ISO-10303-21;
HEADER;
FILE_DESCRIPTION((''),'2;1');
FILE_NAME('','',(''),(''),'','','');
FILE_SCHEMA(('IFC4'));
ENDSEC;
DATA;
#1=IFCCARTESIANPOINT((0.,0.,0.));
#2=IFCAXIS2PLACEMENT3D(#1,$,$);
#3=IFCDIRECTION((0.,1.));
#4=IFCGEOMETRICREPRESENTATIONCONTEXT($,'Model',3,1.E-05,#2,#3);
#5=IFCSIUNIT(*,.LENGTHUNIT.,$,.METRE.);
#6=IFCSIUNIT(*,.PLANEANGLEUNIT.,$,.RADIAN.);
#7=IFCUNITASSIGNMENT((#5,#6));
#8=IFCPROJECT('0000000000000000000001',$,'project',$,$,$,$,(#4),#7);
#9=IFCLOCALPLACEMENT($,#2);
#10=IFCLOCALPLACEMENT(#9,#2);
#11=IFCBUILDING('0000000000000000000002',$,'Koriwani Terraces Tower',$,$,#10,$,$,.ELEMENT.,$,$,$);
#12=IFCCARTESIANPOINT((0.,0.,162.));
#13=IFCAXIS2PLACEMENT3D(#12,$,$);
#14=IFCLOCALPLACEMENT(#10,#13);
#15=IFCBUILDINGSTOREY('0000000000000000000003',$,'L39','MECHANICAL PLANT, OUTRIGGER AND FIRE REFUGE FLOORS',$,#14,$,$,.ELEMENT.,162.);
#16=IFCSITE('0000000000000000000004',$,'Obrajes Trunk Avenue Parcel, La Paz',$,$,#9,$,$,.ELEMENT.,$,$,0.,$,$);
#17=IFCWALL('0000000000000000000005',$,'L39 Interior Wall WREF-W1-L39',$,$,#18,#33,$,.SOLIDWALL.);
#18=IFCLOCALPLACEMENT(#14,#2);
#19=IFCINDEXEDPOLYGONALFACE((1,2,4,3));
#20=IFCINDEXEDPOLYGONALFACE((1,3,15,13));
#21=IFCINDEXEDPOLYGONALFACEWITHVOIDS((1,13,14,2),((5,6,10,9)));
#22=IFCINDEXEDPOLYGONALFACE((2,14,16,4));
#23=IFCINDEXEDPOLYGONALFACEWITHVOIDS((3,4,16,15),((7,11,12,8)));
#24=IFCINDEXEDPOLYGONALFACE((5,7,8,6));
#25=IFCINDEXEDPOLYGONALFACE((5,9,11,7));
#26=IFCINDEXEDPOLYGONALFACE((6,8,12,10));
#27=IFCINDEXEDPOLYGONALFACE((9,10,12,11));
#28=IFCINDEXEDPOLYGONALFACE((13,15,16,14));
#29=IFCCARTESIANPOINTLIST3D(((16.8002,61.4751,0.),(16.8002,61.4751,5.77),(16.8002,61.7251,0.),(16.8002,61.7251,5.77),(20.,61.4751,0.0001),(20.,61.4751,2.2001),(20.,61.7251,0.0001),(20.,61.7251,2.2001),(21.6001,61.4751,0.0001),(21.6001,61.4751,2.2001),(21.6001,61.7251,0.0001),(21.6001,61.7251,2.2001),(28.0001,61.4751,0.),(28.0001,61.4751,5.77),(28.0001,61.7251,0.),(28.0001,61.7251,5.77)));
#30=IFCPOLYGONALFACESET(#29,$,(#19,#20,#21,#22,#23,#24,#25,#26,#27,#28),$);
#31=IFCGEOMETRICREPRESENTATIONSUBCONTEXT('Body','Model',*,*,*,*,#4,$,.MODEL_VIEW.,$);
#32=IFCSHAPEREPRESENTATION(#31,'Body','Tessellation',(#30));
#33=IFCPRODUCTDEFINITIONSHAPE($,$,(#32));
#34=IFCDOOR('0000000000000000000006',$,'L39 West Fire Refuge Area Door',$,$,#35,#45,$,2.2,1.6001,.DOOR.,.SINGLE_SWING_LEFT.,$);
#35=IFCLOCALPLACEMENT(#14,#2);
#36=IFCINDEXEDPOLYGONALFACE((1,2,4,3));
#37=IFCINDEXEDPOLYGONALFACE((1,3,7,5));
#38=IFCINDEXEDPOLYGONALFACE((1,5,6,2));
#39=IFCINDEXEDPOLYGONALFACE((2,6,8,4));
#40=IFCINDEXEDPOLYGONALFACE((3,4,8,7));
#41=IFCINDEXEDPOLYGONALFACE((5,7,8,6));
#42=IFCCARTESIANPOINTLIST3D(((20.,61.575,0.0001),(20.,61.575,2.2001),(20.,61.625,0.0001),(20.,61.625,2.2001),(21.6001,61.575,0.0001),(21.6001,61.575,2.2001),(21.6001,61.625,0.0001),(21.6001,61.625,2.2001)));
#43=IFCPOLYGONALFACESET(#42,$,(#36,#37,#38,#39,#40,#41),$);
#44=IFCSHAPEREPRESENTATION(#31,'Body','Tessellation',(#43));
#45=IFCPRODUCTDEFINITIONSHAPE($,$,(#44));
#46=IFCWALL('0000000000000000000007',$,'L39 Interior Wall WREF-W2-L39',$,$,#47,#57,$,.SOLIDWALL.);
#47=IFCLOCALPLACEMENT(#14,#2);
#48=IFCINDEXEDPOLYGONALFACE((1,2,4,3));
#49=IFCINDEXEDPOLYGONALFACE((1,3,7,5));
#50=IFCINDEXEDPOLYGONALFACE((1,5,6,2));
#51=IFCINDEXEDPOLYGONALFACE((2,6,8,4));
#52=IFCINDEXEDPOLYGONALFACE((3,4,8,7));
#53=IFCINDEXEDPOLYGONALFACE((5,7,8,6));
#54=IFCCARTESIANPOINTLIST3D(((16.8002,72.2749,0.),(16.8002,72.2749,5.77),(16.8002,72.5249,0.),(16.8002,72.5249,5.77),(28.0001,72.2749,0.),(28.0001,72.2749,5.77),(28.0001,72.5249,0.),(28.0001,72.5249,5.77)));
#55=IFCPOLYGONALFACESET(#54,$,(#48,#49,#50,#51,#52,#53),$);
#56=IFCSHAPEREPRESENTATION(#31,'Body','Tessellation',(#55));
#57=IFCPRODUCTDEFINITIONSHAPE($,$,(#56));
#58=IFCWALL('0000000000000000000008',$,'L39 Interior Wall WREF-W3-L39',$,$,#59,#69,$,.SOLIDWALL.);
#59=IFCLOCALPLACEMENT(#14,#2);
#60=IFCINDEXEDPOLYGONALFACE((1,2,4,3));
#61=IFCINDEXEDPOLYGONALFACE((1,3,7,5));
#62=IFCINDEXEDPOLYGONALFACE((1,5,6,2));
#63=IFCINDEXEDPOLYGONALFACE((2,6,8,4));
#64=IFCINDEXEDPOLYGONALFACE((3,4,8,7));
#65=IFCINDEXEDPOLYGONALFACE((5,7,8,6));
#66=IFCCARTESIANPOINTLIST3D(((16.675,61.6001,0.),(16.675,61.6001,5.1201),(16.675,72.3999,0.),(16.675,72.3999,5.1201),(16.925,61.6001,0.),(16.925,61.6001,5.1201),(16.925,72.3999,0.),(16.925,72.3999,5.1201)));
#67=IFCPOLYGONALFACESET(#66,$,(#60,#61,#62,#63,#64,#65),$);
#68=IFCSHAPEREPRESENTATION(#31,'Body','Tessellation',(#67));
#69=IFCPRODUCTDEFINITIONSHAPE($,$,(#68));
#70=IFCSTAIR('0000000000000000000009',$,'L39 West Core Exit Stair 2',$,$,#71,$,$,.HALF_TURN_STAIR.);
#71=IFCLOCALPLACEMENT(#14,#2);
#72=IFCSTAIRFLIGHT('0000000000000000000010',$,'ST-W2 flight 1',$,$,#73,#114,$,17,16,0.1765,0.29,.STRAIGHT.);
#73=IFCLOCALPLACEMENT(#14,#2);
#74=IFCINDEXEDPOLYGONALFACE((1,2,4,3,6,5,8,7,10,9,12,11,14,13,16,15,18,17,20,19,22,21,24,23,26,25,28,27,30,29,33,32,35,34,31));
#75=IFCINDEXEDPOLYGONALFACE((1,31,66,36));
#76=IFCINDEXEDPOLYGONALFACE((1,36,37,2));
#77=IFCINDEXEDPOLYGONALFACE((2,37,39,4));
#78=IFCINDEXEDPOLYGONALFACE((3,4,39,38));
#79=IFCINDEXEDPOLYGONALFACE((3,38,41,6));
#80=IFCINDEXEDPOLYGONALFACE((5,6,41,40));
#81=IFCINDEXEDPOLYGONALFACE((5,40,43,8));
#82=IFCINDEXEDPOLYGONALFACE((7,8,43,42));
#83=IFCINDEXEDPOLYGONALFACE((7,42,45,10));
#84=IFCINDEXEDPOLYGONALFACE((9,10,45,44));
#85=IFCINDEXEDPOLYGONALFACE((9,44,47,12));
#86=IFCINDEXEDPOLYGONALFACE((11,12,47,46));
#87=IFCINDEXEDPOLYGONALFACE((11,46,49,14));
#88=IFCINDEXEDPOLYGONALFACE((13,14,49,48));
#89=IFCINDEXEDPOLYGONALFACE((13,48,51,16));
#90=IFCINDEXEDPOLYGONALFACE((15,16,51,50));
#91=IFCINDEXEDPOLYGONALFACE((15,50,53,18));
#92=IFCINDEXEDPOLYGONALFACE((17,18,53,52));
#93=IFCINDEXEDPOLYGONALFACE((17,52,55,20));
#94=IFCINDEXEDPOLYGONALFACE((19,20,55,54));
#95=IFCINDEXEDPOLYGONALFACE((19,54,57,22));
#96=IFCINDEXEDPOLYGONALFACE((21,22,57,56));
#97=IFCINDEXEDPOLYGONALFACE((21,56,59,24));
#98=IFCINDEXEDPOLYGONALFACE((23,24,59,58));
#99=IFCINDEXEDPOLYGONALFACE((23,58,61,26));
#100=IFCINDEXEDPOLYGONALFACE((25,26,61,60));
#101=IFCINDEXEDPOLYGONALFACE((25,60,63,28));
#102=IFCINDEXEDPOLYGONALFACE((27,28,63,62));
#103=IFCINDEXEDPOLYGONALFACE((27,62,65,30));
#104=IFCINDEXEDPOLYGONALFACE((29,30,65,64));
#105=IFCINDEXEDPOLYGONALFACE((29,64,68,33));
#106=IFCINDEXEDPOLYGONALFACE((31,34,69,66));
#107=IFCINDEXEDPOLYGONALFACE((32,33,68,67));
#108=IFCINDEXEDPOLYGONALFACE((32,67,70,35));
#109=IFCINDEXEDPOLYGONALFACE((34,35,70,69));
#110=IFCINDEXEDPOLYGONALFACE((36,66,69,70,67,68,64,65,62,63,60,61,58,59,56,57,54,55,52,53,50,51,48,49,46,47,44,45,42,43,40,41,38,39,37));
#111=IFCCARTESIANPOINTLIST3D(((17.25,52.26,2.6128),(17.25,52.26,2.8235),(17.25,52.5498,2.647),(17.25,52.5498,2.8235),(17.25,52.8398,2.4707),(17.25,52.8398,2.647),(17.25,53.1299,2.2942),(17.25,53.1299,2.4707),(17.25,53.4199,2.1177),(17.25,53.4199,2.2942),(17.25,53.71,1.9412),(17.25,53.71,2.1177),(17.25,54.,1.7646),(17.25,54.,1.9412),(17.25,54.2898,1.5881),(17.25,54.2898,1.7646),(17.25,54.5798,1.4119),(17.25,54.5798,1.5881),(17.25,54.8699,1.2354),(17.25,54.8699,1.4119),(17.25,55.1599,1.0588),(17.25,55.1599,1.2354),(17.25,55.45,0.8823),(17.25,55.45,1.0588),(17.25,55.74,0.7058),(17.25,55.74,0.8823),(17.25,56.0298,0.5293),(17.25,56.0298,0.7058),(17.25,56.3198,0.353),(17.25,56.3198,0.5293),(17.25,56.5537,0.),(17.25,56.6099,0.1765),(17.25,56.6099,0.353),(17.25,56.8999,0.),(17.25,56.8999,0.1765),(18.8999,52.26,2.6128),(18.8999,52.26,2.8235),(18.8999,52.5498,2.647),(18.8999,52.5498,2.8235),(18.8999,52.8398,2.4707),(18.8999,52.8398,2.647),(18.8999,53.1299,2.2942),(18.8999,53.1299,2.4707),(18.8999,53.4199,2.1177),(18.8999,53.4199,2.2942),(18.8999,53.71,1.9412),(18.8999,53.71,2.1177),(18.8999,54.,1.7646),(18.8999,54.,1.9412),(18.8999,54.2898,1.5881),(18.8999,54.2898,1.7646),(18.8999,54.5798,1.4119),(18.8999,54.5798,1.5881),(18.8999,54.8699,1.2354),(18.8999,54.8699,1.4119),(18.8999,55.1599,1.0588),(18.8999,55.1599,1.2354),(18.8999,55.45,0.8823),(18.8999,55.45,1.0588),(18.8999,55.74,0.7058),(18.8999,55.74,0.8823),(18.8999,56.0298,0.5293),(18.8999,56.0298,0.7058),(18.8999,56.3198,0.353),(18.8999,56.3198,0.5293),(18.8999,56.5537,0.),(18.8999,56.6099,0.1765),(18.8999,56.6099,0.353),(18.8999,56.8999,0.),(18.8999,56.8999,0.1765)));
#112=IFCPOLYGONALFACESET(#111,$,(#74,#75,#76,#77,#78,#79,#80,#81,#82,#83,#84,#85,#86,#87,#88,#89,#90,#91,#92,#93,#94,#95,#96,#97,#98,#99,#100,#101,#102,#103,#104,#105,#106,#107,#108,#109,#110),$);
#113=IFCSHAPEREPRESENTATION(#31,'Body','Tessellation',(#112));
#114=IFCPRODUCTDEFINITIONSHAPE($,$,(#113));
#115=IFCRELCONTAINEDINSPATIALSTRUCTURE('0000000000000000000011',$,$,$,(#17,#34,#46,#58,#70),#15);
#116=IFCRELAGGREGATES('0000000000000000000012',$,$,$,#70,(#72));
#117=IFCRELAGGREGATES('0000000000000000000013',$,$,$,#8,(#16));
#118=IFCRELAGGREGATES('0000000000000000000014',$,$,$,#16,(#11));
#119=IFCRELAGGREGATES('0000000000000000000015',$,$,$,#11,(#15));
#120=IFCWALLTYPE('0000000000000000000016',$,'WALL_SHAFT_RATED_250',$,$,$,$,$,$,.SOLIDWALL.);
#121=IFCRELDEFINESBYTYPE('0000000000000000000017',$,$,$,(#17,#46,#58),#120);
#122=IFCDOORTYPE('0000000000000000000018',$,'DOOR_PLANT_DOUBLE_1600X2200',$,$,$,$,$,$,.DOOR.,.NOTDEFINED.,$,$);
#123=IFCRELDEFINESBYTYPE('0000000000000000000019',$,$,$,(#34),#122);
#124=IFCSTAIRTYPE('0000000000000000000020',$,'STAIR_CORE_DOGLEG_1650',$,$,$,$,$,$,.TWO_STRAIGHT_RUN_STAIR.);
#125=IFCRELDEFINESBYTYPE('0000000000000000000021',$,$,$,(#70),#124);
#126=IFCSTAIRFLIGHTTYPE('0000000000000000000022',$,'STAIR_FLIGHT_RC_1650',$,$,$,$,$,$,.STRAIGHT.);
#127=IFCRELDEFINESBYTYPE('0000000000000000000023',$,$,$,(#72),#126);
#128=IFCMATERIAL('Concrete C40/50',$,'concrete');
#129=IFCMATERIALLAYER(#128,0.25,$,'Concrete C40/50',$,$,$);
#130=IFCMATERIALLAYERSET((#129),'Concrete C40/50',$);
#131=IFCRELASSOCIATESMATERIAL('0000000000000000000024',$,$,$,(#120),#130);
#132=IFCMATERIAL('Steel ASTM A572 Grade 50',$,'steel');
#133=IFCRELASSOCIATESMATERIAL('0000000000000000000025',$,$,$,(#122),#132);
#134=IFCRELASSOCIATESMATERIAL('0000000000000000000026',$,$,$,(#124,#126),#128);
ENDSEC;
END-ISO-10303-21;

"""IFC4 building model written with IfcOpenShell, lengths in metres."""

from ifc_helpers import new_model, si_unit, direction, frame, frame_2d, origin, place, context, subcontext, project, spatial, polyline, rectangle, outline, extrude, material, layer, layer_set, type_object, element, fill, aggregate, save


model = new_model("IFC4")

# Units and contexts
model_context = context("Model", 3, precision=1e-05, world=origin(), true_north=direction((0.0, 1.0)))
body_context = subcontext(model_context, "Body", "Model", "MODEL_VIEW")
ifc_project = project(units=[si_unit("LENGTHUNIT", "METRE"), si_unit("PLANEANGLEUNIT", "RADIAN")], contexts=[model_context])

# Site, building, storey
site_placement = place(None, origin())
site = spatial("IfcSite", under=ifc_project, at=site_placement, Name="Obrajes Trunk Avenue Parcel, La Paz", CompositionType="ELEMENT", RefElevation=0.0)
building_placement = place(site_placement, origin())
building = spatial("IfcBuilding", under=site, at=building_placement, Name="Koriwani Terraces Tower", CompositionType="ELEMENT")
storey_placement = place(building_placement, frame((0.0, 0.0, 162.0)))
storey = spatial("IfcBuildingStorey", under=building, at=storey_placement, Name="L39", Description="MECHANICAL PLANT, OUTRIGGER AND FIRE REFUGE FLOORS", CompositionType="ELEMENT", Elevation=162.0)

# Shared definitions
ifc_material_1 = material(Name="Concrete C40/50", Category="concrete")
ifc_material_2 = material(Name="Steel ASTM A572 Grade 50", Category="steel")

# Wall, opening, door
ifc_layer_1 = layer(ifc_material_1, 0.25, Name="Concrete C40/50")
ifc_layer_set_1 = layer_set([ifc_layer_1], Name="Concrete C40/50")
wall_type_1 = type_object("IfcWallType", Name="WALL_SHAFT_RATED_250", PredefinedType="SOLIDWALL", material=ifc_layer_set_1)
wall_1_placement = place(storey_placement, frame((16.8, 61.6001, 0.0), z_axis=(0.0, 0.0, 1.0), x_axis=(1.0, 0.0, 0.0)))
wall_1 = element("IfcWall", 1, at=wall_1_placement, inside=storey, type_object=wall_type_1, Name="L39 Interior Wall WREF-W1-L39", PredefinedType="SOLIDWALL", context=body_context, shape_type="SweptSolid", body=[
    extrude(rectangle(XDim=11.2, YDim=0.25, at=frame_2d((5.6001, 0.0))), origin(), (0.0, 0.0, 1.0), 5.77),
])
opening_1_placement = place(wall_1_placement, frame((3.2, 0.0, 0.0)))
opening_1 = element("IfcOpeningElement", 2, at=opening_1_placement, cuts=wall_1, PredefinedType="OPENING", context=body_context, shape_type="SweptSolid", body=[
    extrude(rectangle(XDim=1.6001, YDim=2.2, at=frame_2d((0.8, 1.1001))), frame((0.0, 0.135, 0.0), z_axis=(0.0, -1.0, 0.0), x_axis=(1.0, 0.0, 0.0)), (0.0, 0.0, 1.0), 0.27),
])
door_type_1 = type_object("IfcDoorType", Name="DOOR_PLANT_DOUBLE_1600X2200", OperationType="NOTDEFINED", PredefinedType="DOOR", material=ifc_material_2)
door_1_placement = place(opening_1_placement, origin())
door_1 = element("IfcDoor", 3, at=door_1_placement, inside=storey, type_object=door_type_1, Name="L39 West Fire Refuge Area Door", OperationType="SINGLE_SWING_LEFT", OverallHeight=2.2, OverallWidth=1.6001, PredefinedType="DOOR", context=body_context, shape_type="SweptSolid", body=[
    extrude(rectangle(XDim=1.6001, YDim=2.2, at=frame_2d((0.8, 1.1001))), frame((0.0, 0.0249, 0.0), z_axis=(0.0, -1.0, 0.0), x_axis=(1.0, 0.0, 0.0)), (0.0, 0.0, 1.0), 0.05),
])
fill(opening_1, door_1)

# Walls
wall_2_placement = place(storey_placement, frame((16.8, 72.3999, 0.0), z_axis=(0.0, 0.0, 1.0), x_axis=(1.0, 0.0, 0.0)))
element("IfcWall", 4, at=wall_2_placement, inside=storey, type_object=wall_type_1, Name="L39 Interior Wall WREF-W2-L39", PredefinedType="SOLIDWALL", context=body_context, shape_type="SweptSolid", body=[
    extrude(rectangle(XDim=11.2, YDim=0.25, at=frame_2d((5.6001, 0.0))), origin(), (0.0, 0.0, 1.0), 5.77),
])
wall_3_placement = place(storey_placement, frame((16.8, 61.6001, 0.0), z_axis=(0.0, 0.0, 1.0), x_axis=(0.0, 1.0, 0.0)))
element("IfcWall", 5, at=wall_3_placement, inside=storey, type_object=wall_type_1, Name="L39 Interior Wall WREF-W3-L39", PredefinedType="SOLIDWALL", context=body_context, shape_type="SweptSolid", body=[
    extrude(rectangle(XDim=10.7998, YDim=0.25, at=frame_2d((5.3999, 0.0))), origin(), (0.0, 0.0, 1.0), 5.1201),
])

# Stair, stair flight
stair_type = type_object("IfcStairType", Name="STAIR_CORE_DOGLEG_1650", PredefinedType="TWO_STRAIGHT_RUN_STAIR", material=ifc_material_1)
stair_placement = place(storey_placement, origin())
stair = element("IfcStair", 6, at=stair_placement, inside=storey, type_object=stair_type, Name="L39 West Core Exit Stair 2", PredefinedType="HALF_TURN_STAIR")
stair_flight_type = type_object("IfcStairFlightType", Name="STAIR_FLIGHT_RC_1650", PredefinedType="STRAIGHT", material=ifc_material_1)
stair_flight_placement = place(storey_placement, frame((18.075, 56.8999, 0.0), z_axis=(0.0, 0.0, 1.0), x_axis=(0.0, -1.0, 0.0)))
stair_flight = element("IfcStairFlight", 7, at=stair_flight_placement, type_object=stair_flight_type, Name="ST-W2 flight 1", NumberOfRisers=17, NumberOfTreads=16, PredefinedType="STRAIGHT", RiserHeight=0.1765, TreadLength=0.29, context=body_context, shape_type="SweptSolid", body=[
    extrude(outline(polyline([(0.0, 0.0), (0.0, 0.1765), (0.29, 0.1765), (0.29, 0.353), (0.5801, 0.353), (0.5801, 0.5293), (0.8701, 0.5293), (0.8701, 0.7058), (1.1599, 0.7058), (1.1599, 0.8823), (1.45, 0.8823), (1.45, 1.0588), (1.74, 1.0588), (1.74, 1.2354), (2.03, 1.2354), (2.03, 1.4119), (2.3201, 1.4119), (2.3201, 1.5881), (2.6101, 1.5881), (2.6101, 1.7646), (2.8999, 1.7646), (2.8999, 1.9412), (3.1899, 1.9412), (3.1899, 2.1177), (3.48, 2.1177), (3.48, 2.2942), (3.77, 2.2942), (3.77, 2.4707), (4.0601, 2.4707), (4.0601, 2.647), (4.3501, 2.647), (4.3501, 2.8235), (4.6399, 2.8235), (4.6399, 3.0), (4.6399, 2.6128), (0.3462, 0.0), (0.0, 0.0)])), frame((0.0, 0.825, 0.0), z_axis=(0.0, -1.0, 0.0), x_axis=(1.0, 0.0, 0.0)), (0.0, 0.0, 1.0), 1.6499),
])
aggregate(stair, [stair_flight])

save(model, "model.ifc")
